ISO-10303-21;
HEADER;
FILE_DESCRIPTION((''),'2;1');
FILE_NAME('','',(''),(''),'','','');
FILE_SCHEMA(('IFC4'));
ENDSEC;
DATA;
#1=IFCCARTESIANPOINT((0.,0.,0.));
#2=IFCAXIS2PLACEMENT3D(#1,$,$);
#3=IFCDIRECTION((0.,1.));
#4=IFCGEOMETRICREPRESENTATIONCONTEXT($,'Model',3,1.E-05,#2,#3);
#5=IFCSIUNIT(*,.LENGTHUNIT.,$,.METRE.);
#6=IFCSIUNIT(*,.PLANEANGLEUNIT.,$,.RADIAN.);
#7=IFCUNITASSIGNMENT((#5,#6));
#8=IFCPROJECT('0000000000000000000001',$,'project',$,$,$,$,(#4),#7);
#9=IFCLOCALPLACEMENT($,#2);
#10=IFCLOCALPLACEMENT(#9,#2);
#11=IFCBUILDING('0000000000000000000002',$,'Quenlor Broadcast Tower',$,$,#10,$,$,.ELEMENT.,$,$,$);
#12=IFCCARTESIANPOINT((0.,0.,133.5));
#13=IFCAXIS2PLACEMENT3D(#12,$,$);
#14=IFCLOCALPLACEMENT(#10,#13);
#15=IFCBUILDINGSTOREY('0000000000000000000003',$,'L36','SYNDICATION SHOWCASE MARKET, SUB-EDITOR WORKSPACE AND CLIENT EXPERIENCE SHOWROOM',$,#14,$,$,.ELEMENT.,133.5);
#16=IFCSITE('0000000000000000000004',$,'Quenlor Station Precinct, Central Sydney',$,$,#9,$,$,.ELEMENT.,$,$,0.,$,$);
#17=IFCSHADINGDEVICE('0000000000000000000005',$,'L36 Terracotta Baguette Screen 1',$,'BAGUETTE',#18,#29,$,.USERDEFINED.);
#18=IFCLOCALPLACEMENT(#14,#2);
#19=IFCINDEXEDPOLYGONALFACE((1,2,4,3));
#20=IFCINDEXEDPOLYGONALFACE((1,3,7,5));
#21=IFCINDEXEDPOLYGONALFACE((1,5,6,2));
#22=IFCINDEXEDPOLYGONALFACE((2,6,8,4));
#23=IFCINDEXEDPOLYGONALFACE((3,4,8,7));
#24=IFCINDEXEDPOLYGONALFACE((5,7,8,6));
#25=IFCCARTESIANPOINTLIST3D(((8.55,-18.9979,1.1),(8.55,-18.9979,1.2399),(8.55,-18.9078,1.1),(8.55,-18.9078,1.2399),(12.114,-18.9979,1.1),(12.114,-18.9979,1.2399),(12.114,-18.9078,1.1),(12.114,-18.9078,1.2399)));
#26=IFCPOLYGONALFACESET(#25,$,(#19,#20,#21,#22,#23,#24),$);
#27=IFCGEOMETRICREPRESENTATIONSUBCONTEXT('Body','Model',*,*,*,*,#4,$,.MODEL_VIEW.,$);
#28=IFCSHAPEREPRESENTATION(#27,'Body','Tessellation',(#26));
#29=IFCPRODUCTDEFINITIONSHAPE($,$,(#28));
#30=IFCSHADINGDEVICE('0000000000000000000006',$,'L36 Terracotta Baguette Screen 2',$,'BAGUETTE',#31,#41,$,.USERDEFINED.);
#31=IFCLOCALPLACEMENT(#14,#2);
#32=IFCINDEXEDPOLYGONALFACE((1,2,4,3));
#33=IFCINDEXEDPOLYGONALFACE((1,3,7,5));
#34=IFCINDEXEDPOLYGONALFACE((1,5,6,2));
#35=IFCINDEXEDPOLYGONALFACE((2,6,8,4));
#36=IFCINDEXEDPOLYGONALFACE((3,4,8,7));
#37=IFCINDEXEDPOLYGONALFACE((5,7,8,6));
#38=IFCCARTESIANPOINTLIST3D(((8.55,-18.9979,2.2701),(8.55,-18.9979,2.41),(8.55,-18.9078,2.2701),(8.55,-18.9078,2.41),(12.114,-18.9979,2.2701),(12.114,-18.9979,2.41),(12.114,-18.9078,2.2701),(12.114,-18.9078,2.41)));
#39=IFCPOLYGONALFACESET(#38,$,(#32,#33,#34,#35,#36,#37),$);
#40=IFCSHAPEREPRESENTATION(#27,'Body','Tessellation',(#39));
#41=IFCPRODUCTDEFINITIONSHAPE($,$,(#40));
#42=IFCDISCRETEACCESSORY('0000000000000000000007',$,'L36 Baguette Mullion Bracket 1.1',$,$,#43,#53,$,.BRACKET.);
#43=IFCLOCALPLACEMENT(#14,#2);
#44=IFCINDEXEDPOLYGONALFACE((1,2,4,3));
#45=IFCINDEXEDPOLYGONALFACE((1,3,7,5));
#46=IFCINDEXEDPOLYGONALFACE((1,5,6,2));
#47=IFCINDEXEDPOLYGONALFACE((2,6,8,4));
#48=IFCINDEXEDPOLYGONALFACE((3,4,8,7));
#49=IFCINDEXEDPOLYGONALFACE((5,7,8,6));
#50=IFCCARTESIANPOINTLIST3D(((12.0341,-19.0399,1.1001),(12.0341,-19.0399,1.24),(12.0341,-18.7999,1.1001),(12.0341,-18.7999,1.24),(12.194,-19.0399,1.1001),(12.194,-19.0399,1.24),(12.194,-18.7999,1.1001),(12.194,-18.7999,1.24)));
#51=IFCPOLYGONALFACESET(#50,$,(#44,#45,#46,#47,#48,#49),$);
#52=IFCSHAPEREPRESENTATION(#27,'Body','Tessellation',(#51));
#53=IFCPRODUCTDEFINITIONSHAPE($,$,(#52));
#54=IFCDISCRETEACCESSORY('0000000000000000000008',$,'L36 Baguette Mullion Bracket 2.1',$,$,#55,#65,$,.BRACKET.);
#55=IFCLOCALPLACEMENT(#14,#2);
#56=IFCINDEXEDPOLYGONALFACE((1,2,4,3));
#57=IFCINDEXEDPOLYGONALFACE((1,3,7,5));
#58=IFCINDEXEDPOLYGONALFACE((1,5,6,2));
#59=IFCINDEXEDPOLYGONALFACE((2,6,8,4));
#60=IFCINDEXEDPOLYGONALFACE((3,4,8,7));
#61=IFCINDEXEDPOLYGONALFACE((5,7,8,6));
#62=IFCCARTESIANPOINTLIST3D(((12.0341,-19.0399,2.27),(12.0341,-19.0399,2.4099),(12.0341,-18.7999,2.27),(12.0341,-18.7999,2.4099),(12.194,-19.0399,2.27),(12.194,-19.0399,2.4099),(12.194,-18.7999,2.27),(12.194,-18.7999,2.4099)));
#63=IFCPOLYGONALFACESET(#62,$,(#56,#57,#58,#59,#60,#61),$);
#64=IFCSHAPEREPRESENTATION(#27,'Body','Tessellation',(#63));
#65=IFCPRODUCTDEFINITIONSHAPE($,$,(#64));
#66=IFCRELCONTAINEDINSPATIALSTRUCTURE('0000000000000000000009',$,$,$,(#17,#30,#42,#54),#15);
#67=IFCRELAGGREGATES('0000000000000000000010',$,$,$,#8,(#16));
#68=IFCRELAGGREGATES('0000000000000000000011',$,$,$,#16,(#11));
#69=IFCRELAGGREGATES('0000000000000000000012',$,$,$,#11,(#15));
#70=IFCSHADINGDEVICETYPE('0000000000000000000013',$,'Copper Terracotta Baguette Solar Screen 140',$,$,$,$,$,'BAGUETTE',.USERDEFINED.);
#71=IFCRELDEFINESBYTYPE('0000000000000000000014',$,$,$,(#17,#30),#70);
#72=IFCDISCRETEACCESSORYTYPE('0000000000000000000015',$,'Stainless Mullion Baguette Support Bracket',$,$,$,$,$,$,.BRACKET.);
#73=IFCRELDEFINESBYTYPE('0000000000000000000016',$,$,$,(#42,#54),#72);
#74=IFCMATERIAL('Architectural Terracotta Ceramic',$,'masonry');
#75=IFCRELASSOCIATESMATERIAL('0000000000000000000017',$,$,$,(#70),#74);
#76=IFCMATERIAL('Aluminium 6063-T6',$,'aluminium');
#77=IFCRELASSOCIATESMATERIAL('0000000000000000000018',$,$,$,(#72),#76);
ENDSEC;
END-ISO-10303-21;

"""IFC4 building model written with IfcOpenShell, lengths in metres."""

from ifc_helpers import new_model, si_unit, direction, frame, origin, origin_2d, place, context, subcontext, project, spatial, rectangle, extrude, material, material_profile, profile_set, type_object, element, save


model = new_model("IFC4")

# Units and contexts
model_context = context("Model", 3, precision=1e-05, world=origin(), true_north=direction((0.0, 1.0)))
body_context = subcontext(model_context, "Body", "Model", "MODEL_VIEW")
ifc_project = project(units=[si_unit("LENGTHUNIT", "METRE"), si_unit("PLANEANGLEUNIT", "RADIAN")], contexts=[model_context])

# Site, building, storey
site_placement = place(None, origin())
site = spatial("IfcSite", under=ifc_project, at=site_placement, Name="Quenlor Station Precinct, Central Sydney", CompositionType="ELEMENT", RefElevation=0.0)
building_placement = place(site_placement, origin())
building = spatial("IfcBuilding", under=site, at=building_placement, Name="Quenlor Broadcast Tower", CompositionType="ELEMENT")
storey_placement = place(building_placement, frame((0.0, 0.0, 133.5)))
storey = spatial("IfcBuildingStorey", under=building, at=storey_placement, Name="L36", Description="SYNDICATION SHOWCASE MARKET, SUB-EDITOR WORKSPACE AND CLIENT EXPERIENCE SHOWROOM", CompositionType="ELEMENT", Elevation=133.5)

# Shading devices
ifc_material_1 = material(Name="Architectural Terracotta Ceramic", Category="masonry")
ifc_material_profile_1 = material_profile(ifc_material_1, rectangle(XDim=0.0901, YDim=0.1399, at=origin_2d()))
ifc_profile_set_1 = profile_set([ifc_material_profile_1], Name="Architectural Terracotta Ceramic BAG90x140")
shading_device_type = type_object("IfcShadingDeviceType", Name="Copper Terracotta Baguette Solar Screen 140", ElementType="BAGUETTE", PredefinedType="USERDEFINED", material=ifc_profile_set_1)
for number, where, z_axis, x_axis, name in (
    (1, (12.114, -18.9529, 1.1699), (-1.0, 0.0, 0.0), (0.0, -1.0, 0.0), "L36 Terracotta Baguette Screen 1"),
    (2, (12.114, -18.9529, 2.3401), (-1.0, 0.0, 0.0), (0.0, -1.0, 0.0), "L36 Terracotta Baguette Screen 2"),
):
    element("IfcShadingDevice", number, at=place(storey_placement, frame(where, z_axis=z_axis, x_axis=x_axis)), inside=storey, type_object=shading_device_type, Name=name, ObjectType="BAGUETTE", PredefinedType="USERDEFINED", context=body_context, shape_type="SweptSolid", body=[
        extrude(rectangle(XDim=0.0901, YDim=0.1399, at=origin_2d()), origin(), (0.0, 0.0, 1.0), 3.564),
    ])

# Discrete accessories
ifc_material_2 = material(Name="Aluminium 6063-T6", Category="aluminium")
discrete_accessory_type = type_object("IfcDiscreteAccessoryType", Name="Stainless Mullion Baguette Support Bracket", PredefinedType="BRACKET", material=ifc_material_2)
for number, where, z_axis, x_axis, name in (
    (3, (12.114, -18.9199, 1.1001), (0.0, 0.0, 1.0), (-1.0, 0.0, 0.0), "L36 Baguette Mullion Bracket 1.1"),
    (4, (12.114, -18.9199, 2.27), (0.0, 0.0, 1.0), (-1.0, 0.0, 0.0), "L36 Baguette Mullion Bracket 2.1"),
):
    element("IfcDiscreteAccessory", number, at=place(storey_placement, frame(where, z_axis=z_axis, x_axis=x_axis)), inside=storey, type_object=discrete_accessory_type, Name=name, PredefinedType="BRACKET", context=body_context, shape_type="SweptSolid", body=[
        extrude(rectangle(XDim=0.1599, YDim=0.24, at=origin_2d()), origin(), (0.0, 0.0, 1.0), 0.1399),
    ])

save(model, "model.ifc")
